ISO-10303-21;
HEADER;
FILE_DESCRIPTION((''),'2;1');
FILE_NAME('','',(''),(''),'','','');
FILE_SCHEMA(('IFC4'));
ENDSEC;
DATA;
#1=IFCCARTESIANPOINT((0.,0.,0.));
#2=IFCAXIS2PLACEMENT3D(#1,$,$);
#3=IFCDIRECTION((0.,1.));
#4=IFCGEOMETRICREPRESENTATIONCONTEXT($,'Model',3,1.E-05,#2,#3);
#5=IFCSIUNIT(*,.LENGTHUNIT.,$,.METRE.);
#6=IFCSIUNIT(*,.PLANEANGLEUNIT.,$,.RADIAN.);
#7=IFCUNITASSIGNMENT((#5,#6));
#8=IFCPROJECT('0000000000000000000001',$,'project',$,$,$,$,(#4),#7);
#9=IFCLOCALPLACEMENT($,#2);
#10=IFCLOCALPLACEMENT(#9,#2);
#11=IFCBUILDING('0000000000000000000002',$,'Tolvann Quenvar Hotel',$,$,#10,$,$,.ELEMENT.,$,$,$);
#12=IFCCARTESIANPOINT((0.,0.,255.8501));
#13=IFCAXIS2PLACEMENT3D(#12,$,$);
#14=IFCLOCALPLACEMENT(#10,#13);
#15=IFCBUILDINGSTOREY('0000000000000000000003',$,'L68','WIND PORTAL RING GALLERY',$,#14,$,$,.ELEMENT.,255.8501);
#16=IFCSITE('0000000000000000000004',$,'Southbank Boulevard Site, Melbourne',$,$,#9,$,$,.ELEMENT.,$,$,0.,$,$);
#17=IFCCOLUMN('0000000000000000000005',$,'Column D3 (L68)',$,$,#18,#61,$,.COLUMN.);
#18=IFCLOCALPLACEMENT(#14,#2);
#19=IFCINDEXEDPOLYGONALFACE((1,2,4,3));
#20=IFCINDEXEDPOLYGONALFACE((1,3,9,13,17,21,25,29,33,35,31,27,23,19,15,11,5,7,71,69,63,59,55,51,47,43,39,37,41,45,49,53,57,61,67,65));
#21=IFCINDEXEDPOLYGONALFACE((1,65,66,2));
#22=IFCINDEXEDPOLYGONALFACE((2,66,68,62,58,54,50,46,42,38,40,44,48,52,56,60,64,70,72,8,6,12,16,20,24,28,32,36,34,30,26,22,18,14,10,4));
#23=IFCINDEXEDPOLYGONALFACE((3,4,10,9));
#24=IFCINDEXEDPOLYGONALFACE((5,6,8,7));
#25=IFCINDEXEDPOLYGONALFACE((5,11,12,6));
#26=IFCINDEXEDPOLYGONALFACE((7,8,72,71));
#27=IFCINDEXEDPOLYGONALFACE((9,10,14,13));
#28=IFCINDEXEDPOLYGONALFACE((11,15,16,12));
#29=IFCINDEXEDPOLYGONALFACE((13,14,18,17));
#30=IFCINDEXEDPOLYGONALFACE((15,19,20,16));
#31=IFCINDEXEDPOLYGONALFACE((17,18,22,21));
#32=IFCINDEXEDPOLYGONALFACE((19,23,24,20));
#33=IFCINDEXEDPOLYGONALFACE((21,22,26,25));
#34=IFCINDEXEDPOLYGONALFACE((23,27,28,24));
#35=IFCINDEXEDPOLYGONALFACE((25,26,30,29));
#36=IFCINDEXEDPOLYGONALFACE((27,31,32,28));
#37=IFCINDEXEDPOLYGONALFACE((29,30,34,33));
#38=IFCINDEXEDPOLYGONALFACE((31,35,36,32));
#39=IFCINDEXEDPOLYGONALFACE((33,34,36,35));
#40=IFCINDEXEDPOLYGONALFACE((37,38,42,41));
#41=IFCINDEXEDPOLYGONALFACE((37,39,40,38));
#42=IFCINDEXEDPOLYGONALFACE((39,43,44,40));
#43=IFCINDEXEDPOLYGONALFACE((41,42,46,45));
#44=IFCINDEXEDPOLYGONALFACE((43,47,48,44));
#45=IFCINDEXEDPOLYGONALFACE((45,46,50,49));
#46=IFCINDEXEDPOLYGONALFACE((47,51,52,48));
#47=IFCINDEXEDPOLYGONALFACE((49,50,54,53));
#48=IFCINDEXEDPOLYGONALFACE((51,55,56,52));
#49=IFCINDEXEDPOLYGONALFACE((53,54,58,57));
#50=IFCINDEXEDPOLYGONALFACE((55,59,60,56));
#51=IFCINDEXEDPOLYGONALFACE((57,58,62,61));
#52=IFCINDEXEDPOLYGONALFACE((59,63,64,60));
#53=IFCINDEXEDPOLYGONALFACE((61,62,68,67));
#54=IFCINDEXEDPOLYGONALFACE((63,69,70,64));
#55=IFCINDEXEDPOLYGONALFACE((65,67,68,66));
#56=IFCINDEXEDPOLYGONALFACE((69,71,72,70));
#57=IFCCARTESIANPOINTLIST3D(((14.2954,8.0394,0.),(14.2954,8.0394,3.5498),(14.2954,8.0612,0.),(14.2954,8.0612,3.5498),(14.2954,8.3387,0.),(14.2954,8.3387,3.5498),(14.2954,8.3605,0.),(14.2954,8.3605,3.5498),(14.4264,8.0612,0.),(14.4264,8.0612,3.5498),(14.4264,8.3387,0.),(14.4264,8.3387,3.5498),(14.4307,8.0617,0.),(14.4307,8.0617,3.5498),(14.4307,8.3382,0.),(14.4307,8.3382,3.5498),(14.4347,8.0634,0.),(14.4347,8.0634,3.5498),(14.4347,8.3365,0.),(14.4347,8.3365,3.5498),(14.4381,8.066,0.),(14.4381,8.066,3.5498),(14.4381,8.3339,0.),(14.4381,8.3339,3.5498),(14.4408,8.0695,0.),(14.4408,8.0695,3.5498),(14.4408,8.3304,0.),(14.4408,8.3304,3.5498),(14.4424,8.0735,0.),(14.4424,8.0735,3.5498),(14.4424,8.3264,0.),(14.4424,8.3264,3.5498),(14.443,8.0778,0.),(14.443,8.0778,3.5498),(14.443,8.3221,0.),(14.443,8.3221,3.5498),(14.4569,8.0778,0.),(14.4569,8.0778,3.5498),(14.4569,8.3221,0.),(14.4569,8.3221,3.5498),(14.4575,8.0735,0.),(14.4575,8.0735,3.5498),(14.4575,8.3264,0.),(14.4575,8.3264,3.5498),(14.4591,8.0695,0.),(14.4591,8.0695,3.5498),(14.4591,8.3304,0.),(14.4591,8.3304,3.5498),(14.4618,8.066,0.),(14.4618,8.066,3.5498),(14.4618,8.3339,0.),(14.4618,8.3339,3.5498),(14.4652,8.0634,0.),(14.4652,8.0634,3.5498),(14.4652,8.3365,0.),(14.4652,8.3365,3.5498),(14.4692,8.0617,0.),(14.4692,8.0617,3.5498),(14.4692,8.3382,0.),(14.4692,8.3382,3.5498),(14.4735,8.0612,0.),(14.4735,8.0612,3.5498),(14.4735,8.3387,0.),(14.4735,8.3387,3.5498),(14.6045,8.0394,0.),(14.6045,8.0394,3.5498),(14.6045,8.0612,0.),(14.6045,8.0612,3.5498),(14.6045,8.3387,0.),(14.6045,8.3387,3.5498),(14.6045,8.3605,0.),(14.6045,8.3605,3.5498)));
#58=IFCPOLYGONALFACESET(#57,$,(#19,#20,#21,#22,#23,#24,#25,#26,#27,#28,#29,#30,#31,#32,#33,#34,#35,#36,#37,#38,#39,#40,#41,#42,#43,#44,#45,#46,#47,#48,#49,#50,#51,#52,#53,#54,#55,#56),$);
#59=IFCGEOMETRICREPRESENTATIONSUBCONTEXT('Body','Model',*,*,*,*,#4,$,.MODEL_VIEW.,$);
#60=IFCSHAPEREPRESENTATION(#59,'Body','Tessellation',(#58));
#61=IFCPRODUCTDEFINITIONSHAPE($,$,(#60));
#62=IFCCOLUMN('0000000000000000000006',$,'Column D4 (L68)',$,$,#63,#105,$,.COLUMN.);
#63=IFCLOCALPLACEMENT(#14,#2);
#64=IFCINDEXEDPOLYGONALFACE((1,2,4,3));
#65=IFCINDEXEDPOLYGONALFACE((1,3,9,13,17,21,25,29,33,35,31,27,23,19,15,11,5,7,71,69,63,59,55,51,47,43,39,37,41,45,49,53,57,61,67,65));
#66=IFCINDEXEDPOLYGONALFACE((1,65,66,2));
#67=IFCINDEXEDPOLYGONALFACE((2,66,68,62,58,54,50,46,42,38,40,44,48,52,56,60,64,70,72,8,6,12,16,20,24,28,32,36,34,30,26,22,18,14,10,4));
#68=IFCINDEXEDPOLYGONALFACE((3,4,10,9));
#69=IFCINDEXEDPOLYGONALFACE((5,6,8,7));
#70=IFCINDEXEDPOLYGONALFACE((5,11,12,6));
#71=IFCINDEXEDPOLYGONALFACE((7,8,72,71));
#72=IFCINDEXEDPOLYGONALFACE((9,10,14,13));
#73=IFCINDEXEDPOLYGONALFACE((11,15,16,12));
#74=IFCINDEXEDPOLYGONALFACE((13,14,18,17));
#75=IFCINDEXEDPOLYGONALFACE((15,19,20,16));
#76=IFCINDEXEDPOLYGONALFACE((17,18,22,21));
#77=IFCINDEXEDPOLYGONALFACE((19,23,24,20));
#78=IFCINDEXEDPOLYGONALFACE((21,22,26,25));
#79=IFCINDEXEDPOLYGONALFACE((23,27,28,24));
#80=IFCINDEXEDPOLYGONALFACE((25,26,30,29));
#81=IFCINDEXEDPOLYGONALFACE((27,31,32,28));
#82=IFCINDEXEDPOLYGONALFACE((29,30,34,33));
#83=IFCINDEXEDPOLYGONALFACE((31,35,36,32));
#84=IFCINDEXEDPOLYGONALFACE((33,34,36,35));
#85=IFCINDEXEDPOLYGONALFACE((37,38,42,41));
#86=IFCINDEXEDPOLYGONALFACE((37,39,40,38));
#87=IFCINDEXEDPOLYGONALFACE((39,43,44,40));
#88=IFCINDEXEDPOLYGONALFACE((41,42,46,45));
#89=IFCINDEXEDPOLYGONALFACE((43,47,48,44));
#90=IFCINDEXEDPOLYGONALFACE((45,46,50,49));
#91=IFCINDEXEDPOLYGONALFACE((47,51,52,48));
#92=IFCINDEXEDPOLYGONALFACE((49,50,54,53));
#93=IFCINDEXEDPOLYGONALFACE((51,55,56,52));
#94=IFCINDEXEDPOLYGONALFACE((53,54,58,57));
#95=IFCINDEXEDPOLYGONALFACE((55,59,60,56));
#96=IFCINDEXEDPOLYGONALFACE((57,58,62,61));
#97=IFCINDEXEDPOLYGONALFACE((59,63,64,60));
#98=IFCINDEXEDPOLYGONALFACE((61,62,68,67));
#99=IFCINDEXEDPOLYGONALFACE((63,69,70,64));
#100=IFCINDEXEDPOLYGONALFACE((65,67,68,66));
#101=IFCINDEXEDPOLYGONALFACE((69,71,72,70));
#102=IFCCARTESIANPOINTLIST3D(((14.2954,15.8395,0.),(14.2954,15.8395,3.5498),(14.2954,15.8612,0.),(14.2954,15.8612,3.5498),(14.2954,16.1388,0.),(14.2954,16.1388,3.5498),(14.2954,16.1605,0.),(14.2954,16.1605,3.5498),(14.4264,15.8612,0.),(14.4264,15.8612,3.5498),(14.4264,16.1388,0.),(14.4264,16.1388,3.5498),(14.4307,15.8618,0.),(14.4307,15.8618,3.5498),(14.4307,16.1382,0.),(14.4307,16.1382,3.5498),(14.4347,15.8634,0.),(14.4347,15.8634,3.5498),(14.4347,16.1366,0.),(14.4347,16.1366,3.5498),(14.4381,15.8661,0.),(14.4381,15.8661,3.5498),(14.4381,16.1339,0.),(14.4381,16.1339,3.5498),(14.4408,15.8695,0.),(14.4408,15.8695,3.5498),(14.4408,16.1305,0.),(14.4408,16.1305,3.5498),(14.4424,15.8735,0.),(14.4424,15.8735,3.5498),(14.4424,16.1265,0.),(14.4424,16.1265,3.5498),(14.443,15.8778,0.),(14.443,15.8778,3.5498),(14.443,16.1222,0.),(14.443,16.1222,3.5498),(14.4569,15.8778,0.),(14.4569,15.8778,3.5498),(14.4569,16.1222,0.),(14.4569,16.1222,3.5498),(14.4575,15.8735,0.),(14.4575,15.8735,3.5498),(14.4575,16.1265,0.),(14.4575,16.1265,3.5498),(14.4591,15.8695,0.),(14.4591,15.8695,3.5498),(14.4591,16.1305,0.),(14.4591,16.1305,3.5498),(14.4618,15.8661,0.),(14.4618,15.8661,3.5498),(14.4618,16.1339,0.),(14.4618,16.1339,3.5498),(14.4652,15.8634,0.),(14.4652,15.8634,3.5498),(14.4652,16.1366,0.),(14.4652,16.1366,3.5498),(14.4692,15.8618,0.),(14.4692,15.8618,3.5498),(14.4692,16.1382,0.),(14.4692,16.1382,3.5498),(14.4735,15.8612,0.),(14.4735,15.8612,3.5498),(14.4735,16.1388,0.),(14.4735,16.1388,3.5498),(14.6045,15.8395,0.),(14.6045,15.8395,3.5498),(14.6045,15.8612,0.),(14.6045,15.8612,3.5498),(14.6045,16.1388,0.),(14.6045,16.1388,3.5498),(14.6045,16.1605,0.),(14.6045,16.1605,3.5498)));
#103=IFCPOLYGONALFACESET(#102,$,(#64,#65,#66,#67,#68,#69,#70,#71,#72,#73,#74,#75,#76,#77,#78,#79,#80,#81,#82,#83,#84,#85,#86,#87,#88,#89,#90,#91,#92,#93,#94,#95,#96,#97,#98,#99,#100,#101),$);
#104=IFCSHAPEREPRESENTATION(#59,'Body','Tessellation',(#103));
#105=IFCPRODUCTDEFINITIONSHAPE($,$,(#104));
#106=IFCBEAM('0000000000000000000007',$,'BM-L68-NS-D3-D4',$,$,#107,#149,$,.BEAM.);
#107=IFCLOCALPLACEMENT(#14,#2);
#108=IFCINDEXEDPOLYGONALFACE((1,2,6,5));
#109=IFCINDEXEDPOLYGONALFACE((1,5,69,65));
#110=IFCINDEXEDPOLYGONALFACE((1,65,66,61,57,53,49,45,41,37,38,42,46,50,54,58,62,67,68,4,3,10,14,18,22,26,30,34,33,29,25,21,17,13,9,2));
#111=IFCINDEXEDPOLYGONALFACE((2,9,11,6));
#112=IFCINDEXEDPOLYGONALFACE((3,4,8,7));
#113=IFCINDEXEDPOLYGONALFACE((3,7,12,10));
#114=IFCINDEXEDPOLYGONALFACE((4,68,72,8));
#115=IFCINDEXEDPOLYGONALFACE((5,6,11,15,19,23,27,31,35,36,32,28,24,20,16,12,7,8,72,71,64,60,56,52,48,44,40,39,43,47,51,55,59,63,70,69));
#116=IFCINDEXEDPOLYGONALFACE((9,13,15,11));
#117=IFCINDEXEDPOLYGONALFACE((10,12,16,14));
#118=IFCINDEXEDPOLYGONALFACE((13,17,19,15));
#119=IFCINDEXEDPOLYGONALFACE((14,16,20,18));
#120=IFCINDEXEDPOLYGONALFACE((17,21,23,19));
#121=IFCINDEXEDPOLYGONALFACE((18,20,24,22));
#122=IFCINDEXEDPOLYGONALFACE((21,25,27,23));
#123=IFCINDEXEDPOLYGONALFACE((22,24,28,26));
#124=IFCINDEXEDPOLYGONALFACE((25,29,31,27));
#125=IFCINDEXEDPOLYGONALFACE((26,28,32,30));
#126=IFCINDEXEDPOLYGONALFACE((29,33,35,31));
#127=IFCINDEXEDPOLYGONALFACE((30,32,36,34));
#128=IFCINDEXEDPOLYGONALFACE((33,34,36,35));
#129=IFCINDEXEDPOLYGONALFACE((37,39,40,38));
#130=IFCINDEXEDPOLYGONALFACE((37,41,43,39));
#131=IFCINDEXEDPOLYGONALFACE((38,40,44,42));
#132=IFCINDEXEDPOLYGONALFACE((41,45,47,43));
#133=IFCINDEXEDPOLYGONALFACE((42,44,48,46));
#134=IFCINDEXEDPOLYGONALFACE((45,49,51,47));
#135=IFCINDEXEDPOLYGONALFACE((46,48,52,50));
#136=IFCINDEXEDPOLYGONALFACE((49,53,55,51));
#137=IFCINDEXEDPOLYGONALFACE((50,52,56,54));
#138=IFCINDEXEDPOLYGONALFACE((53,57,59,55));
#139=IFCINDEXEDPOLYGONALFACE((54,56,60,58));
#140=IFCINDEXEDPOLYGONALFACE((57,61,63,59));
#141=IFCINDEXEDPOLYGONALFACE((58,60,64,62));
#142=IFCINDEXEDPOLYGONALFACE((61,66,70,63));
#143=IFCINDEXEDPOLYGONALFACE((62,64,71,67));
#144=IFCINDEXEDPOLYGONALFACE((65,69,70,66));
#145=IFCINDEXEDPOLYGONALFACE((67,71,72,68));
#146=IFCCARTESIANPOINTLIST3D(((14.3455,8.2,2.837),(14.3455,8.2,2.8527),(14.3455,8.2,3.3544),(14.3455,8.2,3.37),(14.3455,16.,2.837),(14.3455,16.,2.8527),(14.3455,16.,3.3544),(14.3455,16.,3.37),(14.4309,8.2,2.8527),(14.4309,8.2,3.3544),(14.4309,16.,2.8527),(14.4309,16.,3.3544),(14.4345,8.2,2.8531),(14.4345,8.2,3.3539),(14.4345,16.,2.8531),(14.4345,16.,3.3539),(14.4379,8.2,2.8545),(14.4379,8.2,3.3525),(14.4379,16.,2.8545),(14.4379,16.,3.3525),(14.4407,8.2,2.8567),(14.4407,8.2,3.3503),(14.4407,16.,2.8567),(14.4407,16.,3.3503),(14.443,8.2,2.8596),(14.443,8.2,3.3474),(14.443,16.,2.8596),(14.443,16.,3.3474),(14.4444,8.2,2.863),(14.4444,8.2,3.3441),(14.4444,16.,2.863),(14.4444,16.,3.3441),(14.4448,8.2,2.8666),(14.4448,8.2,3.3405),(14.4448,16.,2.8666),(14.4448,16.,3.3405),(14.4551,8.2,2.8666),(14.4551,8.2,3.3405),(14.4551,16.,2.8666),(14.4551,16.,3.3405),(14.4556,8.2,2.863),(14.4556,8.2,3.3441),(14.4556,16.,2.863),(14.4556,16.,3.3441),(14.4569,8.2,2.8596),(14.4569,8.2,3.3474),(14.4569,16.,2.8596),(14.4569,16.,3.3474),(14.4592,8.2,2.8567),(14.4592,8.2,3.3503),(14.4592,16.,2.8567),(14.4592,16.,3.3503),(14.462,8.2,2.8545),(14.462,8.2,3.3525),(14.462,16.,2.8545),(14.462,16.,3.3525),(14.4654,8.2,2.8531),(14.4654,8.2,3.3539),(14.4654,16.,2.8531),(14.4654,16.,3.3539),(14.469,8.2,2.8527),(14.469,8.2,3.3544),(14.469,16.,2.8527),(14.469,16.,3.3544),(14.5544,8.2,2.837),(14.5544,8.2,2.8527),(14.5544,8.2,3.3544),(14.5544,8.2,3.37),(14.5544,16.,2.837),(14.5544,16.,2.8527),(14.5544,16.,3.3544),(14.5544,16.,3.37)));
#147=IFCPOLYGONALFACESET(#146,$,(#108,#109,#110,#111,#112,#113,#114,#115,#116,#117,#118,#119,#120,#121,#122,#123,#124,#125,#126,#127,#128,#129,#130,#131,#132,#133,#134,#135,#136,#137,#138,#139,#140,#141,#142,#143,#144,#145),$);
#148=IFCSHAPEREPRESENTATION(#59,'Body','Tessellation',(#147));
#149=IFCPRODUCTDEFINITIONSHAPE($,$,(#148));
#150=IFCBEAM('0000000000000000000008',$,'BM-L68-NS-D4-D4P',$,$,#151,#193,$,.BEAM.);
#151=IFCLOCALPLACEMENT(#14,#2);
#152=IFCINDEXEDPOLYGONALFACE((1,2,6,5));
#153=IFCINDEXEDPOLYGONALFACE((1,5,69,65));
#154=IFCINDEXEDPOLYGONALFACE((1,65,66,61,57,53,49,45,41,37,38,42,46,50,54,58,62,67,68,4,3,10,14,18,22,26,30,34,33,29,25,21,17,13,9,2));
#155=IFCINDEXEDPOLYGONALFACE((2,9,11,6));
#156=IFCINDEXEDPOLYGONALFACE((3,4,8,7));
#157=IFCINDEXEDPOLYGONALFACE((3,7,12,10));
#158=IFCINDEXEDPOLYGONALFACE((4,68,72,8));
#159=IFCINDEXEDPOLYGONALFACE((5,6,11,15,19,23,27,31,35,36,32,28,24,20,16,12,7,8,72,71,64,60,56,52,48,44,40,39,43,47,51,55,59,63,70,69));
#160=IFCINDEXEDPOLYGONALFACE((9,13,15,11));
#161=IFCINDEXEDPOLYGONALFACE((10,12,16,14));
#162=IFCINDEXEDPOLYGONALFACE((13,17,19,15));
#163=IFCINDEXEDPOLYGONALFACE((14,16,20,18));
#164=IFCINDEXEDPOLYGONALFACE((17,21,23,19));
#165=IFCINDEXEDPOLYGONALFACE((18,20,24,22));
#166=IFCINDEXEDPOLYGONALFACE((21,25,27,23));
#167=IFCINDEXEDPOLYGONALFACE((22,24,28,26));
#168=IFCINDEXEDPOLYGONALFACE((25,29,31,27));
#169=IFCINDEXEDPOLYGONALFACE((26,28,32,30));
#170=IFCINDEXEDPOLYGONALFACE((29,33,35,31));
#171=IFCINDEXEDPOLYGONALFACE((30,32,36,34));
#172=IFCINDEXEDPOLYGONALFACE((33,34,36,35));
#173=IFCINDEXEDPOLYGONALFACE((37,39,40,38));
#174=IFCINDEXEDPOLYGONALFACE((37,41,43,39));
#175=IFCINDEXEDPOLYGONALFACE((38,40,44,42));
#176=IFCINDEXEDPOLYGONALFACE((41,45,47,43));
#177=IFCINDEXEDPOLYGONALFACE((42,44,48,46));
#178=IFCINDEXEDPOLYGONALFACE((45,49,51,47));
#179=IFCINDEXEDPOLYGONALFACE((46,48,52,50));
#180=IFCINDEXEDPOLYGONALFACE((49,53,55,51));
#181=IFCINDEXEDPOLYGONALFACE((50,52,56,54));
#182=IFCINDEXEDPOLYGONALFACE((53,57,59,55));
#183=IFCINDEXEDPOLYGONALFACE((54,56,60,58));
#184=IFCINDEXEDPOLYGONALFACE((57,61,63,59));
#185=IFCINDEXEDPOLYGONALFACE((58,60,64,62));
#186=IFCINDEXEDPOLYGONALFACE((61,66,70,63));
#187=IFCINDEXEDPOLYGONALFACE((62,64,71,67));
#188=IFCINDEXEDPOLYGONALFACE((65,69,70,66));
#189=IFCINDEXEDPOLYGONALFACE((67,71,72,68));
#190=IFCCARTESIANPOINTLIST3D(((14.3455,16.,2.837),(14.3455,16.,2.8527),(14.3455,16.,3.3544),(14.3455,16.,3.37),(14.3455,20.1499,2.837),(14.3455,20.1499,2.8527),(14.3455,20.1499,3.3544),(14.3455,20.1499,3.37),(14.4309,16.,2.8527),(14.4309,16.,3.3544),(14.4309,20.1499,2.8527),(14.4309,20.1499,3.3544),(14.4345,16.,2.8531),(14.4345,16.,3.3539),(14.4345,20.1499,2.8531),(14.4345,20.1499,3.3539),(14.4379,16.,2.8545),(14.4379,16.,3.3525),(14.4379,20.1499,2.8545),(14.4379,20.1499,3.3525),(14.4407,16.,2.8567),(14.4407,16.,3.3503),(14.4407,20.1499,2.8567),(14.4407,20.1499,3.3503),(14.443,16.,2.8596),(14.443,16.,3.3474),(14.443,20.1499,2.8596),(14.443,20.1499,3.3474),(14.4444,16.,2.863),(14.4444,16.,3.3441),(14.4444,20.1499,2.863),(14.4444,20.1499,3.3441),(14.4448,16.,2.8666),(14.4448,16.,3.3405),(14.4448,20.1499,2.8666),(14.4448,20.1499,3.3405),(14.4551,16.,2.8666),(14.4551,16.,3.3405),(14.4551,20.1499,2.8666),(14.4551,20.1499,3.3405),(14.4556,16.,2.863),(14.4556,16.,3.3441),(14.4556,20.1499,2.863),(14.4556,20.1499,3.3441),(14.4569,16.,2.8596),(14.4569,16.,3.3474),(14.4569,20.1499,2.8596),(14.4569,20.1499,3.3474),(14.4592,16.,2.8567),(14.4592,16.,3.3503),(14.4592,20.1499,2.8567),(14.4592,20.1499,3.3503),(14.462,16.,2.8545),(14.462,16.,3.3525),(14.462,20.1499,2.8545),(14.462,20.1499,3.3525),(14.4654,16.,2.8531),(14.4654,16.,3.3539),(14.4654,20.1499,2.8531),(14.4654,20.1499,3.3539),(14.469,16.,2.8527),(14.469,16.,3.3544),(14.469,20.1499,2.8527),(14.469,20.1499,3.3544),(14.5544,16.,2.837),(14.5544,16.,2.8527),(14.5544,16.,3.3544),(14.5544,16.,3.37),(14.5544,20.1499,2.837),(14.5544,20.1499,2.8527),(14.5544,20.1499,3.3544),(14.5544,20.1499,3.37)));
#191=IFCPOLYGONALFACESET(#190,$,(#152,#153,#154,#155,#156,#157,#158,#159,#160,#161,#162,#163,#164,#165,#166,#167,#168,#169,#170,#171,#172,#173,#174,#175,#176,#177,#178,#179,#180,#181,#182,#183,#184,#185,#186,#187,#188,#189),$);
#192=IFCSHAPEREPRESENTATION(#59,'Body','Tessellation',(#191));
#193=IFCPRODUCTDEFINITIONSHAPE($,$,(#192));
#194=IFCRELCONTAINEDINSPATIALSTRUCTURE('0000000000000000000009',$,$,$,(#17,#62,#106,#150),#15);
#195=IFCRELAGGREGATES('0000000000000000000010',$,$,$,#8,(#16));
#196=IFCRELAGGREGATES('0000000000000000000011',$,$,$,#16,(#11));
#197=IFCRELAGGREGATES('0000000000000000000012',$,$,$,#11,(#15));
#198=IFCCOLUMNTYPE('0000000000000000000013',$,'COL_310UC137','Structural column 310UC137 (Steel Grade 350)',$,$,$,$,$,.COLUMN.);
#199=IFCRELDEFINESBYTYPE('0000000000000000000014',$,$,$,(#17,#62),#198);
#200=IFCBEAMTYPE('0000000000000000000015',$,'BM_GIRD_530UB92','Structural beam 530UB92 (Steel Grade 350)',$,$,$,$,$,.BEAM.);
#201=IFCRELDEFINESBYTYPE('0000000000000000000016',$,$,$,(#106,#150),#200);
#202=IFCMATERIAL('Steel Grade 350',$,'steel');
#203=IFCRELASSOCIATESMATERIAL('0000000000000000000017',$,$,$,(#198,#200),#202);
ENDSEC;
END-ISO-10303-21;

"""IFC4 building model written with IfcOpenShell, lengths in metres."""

from ifc_helpers import new_model, si_unit, direction, frame, origin, origin_2d, place, context, subcontext, project, spatial, i_section, extrude, source, transform, mapped, material, material_profile, profile_set, type_object, type_shapes, element, save


model = new_model("IFC4")

# Units and contexts
model_context = context("Model", 3, precision=1e-05, world=origin(), true_north=direction((0.0, 1.0)))
body_context = subcontext(model_context, "Body", "Model", "MODEL_VIEW")
ifc_project = project(units=[si_unit("LENGTHUNIT", "METRE"), si_unit("PLANEANGLEUNIT", "RADIAN")], contexts=[model_context])

# Site, building, storey
site_placement = place(None, origin())
site = spatial("IfcSite", under=ifc_project, at=site_placement, Name="Southbank Boulevard Site, Melbourne", CompositionType="ELEMENT", RefElevation=0.0)
building_placement = place(site_placement, origin())
building = spatial("IfcBuilding", under=site, at=building_placement, Name="Tolvann Quenvar Hotel", CompositionType="ELEMENT")
storey_placement = place(building_placement, frame((0.0, 0.0, 255.8501)))
storey = spatial("IfcBuildingStorey", under=building, at=storey_placement, Name="L68", Description="WIND PORTAL RING GALLERY", CompositionType="ELEMENT", Elevation=255.8501)

# Columns
ifc_material_1 = material(Name="Steel Grade 350", Category="steel")
ifc_material_profile_1 = material_profile(ifc_material_1, i_section(OverallWidth=0.3091, OverallDepth=0.321, WebThickness=0.0139, FlangeThickness=0.0217, FilletRadius=0.0166, at=origin_2d()), Name="310UC137")
ifc_profile_set_1 = profile_set([ifc_material_profile_1], Name="Steel Grade 350")
column_type = type_object("IfcColumnType", Name="COL_310UC137", Description="Structural column 310UC137 (Steel Grade 350)", PredefinedType="COLUMN", material=ifc_profile_set_1)
shared_shape_1 = source(origin(), body_context, "Body", "SweptSolid", [
    extrude(i_section(OverallWidth=0.3091, OverallDepth=0.321, WebThickness=0.0139, FlangeThickness=0.0217, FilletRadius=0.0166, at=origin_2d()), origin(), (0.0, 0.0, 1.0), 3.5498),
])
type_shapes(column_type, [shared_shape_1])
for number, where, z_axis, x_axis, name in (
    (1, (14.45, 8.2, 0.0), (0.0, 0.0, 1.0), (1.0, 0.0, 0.0), "Column D3 (L68)"),
    (2, (14.45, 16.0, 0.0), (0.0, 0.0, 1.0), (1.0, 0.0, 0.0), "Column D4 (L68)"),
):
    element("IfcColumn", number, at=place(storey_placement, frame(where, z_axis=z_axis, x_axis=x_axis)), inside=storey, type_object=column_type, Name=name, PredefinedType="COLUMN", context=body_context, shape_type="MappedRepresentation", body=[
        mapped(shared_shape_1, transform((0.0, 0.0, 0.0), x_axis=(1.0, 0.0, 0.0), y_axis=(0.0, 1.0, 0.0), z_axis=(0.0, 0.0, 1.0), scale=1.0)),
    ])

# Beams
ifc_material_profile_2 = material_profile(ifc_material_1, i_section(OverallWidth=0.209, OverallDepth=0.533, WebThickness=0.0103, FlangeThickness=0.0156, FilletRadius=0.0139, at=origin_2d()), Name="530UB92")
ifc_profile_set_2 = profile_set([ifc_material_profile_2], Name="Steel Grade 350")
beam_type_1 = type_object("IfcBeamType", Name="BM_GIRD_530UB92", Description="Structural beam 530UB92 (Steel Grade 350)", PredefinedType="BEAM", material=ifc_profile_set_2)
shared_shape_2 = source(origin(), body_context, "Body", "SweptSolid", [
    extrude(i_section(OverallWidth=0.209, OverallDepth=0.533, WebThickness=0.0103, FlangeThickness=0.0156, FilletRadius=0.0139, at=origin_2d()), origin(), (0.0, 0.0, 1.0), 7.8),
])
beam_1_placement = place(storey_placement, frame((14.45, 8.2, 3.1035), z_axis=(0.0, 1.0, 0.0), x_axis=(-1.0, 0.0, 0.0)))
element("IfcBeam", 3, at=beam_1_placement, inside=storey, type_object=beam_type_1, Name="BM-L68-NS-D3-D4", PredefinedType="BEAM", context=body_context, shape_type="MappedRepresentation", body=[
    mapped(shared_shape_2, transform((0.0, 0.0, 0.0), x_axis=(1.0, 0.0, 0.0), y_axis=(0.0, 1.0, 0.0), z_axis=(0.0, 0.0, 1.0), scale=1.0)),
])
shared_shape_3 = source(origin(), body_context, "Body", "SweptSolid", [
    extrude(i_section(OverallWidth=0.209, OverallDepth=0.533, WebThickness=0.0103, FlangeThickness=0.0156, FilletRadius=0.0139, at=origin_2d()), origin(), (0.0, 0.0, 1.0), 4.1499),
])
type_shapes(beam_type_1, [shared_shape_2, shared_shape_3])
beam_2_placement = place(storey_placement, frame((14.45, 16.0, 3.1035), z_axis=(0.0, 1.0, 0.0), x_axis=(-1.0, 0.0, 0.0)))
element("IfcBeam", 4, at=beam_2_placement, inside=storey, type_object=beam_type_1, Name="BM-L68-NS-D4-D4P", PredefinedType="BEAM", context=body_context, shape_type="MappedRepresentation", body=[
    mapped(shared_shape_3, transform((0.0, 0.0, 0.0), x_axis=(1.0, 0.0, 0.0), y_axis=(0.0, 1.0, 0.0), z_axis=(0.0, 0.0, 1.0), scale=1.0)),
])

save(model, "model.ifc")
